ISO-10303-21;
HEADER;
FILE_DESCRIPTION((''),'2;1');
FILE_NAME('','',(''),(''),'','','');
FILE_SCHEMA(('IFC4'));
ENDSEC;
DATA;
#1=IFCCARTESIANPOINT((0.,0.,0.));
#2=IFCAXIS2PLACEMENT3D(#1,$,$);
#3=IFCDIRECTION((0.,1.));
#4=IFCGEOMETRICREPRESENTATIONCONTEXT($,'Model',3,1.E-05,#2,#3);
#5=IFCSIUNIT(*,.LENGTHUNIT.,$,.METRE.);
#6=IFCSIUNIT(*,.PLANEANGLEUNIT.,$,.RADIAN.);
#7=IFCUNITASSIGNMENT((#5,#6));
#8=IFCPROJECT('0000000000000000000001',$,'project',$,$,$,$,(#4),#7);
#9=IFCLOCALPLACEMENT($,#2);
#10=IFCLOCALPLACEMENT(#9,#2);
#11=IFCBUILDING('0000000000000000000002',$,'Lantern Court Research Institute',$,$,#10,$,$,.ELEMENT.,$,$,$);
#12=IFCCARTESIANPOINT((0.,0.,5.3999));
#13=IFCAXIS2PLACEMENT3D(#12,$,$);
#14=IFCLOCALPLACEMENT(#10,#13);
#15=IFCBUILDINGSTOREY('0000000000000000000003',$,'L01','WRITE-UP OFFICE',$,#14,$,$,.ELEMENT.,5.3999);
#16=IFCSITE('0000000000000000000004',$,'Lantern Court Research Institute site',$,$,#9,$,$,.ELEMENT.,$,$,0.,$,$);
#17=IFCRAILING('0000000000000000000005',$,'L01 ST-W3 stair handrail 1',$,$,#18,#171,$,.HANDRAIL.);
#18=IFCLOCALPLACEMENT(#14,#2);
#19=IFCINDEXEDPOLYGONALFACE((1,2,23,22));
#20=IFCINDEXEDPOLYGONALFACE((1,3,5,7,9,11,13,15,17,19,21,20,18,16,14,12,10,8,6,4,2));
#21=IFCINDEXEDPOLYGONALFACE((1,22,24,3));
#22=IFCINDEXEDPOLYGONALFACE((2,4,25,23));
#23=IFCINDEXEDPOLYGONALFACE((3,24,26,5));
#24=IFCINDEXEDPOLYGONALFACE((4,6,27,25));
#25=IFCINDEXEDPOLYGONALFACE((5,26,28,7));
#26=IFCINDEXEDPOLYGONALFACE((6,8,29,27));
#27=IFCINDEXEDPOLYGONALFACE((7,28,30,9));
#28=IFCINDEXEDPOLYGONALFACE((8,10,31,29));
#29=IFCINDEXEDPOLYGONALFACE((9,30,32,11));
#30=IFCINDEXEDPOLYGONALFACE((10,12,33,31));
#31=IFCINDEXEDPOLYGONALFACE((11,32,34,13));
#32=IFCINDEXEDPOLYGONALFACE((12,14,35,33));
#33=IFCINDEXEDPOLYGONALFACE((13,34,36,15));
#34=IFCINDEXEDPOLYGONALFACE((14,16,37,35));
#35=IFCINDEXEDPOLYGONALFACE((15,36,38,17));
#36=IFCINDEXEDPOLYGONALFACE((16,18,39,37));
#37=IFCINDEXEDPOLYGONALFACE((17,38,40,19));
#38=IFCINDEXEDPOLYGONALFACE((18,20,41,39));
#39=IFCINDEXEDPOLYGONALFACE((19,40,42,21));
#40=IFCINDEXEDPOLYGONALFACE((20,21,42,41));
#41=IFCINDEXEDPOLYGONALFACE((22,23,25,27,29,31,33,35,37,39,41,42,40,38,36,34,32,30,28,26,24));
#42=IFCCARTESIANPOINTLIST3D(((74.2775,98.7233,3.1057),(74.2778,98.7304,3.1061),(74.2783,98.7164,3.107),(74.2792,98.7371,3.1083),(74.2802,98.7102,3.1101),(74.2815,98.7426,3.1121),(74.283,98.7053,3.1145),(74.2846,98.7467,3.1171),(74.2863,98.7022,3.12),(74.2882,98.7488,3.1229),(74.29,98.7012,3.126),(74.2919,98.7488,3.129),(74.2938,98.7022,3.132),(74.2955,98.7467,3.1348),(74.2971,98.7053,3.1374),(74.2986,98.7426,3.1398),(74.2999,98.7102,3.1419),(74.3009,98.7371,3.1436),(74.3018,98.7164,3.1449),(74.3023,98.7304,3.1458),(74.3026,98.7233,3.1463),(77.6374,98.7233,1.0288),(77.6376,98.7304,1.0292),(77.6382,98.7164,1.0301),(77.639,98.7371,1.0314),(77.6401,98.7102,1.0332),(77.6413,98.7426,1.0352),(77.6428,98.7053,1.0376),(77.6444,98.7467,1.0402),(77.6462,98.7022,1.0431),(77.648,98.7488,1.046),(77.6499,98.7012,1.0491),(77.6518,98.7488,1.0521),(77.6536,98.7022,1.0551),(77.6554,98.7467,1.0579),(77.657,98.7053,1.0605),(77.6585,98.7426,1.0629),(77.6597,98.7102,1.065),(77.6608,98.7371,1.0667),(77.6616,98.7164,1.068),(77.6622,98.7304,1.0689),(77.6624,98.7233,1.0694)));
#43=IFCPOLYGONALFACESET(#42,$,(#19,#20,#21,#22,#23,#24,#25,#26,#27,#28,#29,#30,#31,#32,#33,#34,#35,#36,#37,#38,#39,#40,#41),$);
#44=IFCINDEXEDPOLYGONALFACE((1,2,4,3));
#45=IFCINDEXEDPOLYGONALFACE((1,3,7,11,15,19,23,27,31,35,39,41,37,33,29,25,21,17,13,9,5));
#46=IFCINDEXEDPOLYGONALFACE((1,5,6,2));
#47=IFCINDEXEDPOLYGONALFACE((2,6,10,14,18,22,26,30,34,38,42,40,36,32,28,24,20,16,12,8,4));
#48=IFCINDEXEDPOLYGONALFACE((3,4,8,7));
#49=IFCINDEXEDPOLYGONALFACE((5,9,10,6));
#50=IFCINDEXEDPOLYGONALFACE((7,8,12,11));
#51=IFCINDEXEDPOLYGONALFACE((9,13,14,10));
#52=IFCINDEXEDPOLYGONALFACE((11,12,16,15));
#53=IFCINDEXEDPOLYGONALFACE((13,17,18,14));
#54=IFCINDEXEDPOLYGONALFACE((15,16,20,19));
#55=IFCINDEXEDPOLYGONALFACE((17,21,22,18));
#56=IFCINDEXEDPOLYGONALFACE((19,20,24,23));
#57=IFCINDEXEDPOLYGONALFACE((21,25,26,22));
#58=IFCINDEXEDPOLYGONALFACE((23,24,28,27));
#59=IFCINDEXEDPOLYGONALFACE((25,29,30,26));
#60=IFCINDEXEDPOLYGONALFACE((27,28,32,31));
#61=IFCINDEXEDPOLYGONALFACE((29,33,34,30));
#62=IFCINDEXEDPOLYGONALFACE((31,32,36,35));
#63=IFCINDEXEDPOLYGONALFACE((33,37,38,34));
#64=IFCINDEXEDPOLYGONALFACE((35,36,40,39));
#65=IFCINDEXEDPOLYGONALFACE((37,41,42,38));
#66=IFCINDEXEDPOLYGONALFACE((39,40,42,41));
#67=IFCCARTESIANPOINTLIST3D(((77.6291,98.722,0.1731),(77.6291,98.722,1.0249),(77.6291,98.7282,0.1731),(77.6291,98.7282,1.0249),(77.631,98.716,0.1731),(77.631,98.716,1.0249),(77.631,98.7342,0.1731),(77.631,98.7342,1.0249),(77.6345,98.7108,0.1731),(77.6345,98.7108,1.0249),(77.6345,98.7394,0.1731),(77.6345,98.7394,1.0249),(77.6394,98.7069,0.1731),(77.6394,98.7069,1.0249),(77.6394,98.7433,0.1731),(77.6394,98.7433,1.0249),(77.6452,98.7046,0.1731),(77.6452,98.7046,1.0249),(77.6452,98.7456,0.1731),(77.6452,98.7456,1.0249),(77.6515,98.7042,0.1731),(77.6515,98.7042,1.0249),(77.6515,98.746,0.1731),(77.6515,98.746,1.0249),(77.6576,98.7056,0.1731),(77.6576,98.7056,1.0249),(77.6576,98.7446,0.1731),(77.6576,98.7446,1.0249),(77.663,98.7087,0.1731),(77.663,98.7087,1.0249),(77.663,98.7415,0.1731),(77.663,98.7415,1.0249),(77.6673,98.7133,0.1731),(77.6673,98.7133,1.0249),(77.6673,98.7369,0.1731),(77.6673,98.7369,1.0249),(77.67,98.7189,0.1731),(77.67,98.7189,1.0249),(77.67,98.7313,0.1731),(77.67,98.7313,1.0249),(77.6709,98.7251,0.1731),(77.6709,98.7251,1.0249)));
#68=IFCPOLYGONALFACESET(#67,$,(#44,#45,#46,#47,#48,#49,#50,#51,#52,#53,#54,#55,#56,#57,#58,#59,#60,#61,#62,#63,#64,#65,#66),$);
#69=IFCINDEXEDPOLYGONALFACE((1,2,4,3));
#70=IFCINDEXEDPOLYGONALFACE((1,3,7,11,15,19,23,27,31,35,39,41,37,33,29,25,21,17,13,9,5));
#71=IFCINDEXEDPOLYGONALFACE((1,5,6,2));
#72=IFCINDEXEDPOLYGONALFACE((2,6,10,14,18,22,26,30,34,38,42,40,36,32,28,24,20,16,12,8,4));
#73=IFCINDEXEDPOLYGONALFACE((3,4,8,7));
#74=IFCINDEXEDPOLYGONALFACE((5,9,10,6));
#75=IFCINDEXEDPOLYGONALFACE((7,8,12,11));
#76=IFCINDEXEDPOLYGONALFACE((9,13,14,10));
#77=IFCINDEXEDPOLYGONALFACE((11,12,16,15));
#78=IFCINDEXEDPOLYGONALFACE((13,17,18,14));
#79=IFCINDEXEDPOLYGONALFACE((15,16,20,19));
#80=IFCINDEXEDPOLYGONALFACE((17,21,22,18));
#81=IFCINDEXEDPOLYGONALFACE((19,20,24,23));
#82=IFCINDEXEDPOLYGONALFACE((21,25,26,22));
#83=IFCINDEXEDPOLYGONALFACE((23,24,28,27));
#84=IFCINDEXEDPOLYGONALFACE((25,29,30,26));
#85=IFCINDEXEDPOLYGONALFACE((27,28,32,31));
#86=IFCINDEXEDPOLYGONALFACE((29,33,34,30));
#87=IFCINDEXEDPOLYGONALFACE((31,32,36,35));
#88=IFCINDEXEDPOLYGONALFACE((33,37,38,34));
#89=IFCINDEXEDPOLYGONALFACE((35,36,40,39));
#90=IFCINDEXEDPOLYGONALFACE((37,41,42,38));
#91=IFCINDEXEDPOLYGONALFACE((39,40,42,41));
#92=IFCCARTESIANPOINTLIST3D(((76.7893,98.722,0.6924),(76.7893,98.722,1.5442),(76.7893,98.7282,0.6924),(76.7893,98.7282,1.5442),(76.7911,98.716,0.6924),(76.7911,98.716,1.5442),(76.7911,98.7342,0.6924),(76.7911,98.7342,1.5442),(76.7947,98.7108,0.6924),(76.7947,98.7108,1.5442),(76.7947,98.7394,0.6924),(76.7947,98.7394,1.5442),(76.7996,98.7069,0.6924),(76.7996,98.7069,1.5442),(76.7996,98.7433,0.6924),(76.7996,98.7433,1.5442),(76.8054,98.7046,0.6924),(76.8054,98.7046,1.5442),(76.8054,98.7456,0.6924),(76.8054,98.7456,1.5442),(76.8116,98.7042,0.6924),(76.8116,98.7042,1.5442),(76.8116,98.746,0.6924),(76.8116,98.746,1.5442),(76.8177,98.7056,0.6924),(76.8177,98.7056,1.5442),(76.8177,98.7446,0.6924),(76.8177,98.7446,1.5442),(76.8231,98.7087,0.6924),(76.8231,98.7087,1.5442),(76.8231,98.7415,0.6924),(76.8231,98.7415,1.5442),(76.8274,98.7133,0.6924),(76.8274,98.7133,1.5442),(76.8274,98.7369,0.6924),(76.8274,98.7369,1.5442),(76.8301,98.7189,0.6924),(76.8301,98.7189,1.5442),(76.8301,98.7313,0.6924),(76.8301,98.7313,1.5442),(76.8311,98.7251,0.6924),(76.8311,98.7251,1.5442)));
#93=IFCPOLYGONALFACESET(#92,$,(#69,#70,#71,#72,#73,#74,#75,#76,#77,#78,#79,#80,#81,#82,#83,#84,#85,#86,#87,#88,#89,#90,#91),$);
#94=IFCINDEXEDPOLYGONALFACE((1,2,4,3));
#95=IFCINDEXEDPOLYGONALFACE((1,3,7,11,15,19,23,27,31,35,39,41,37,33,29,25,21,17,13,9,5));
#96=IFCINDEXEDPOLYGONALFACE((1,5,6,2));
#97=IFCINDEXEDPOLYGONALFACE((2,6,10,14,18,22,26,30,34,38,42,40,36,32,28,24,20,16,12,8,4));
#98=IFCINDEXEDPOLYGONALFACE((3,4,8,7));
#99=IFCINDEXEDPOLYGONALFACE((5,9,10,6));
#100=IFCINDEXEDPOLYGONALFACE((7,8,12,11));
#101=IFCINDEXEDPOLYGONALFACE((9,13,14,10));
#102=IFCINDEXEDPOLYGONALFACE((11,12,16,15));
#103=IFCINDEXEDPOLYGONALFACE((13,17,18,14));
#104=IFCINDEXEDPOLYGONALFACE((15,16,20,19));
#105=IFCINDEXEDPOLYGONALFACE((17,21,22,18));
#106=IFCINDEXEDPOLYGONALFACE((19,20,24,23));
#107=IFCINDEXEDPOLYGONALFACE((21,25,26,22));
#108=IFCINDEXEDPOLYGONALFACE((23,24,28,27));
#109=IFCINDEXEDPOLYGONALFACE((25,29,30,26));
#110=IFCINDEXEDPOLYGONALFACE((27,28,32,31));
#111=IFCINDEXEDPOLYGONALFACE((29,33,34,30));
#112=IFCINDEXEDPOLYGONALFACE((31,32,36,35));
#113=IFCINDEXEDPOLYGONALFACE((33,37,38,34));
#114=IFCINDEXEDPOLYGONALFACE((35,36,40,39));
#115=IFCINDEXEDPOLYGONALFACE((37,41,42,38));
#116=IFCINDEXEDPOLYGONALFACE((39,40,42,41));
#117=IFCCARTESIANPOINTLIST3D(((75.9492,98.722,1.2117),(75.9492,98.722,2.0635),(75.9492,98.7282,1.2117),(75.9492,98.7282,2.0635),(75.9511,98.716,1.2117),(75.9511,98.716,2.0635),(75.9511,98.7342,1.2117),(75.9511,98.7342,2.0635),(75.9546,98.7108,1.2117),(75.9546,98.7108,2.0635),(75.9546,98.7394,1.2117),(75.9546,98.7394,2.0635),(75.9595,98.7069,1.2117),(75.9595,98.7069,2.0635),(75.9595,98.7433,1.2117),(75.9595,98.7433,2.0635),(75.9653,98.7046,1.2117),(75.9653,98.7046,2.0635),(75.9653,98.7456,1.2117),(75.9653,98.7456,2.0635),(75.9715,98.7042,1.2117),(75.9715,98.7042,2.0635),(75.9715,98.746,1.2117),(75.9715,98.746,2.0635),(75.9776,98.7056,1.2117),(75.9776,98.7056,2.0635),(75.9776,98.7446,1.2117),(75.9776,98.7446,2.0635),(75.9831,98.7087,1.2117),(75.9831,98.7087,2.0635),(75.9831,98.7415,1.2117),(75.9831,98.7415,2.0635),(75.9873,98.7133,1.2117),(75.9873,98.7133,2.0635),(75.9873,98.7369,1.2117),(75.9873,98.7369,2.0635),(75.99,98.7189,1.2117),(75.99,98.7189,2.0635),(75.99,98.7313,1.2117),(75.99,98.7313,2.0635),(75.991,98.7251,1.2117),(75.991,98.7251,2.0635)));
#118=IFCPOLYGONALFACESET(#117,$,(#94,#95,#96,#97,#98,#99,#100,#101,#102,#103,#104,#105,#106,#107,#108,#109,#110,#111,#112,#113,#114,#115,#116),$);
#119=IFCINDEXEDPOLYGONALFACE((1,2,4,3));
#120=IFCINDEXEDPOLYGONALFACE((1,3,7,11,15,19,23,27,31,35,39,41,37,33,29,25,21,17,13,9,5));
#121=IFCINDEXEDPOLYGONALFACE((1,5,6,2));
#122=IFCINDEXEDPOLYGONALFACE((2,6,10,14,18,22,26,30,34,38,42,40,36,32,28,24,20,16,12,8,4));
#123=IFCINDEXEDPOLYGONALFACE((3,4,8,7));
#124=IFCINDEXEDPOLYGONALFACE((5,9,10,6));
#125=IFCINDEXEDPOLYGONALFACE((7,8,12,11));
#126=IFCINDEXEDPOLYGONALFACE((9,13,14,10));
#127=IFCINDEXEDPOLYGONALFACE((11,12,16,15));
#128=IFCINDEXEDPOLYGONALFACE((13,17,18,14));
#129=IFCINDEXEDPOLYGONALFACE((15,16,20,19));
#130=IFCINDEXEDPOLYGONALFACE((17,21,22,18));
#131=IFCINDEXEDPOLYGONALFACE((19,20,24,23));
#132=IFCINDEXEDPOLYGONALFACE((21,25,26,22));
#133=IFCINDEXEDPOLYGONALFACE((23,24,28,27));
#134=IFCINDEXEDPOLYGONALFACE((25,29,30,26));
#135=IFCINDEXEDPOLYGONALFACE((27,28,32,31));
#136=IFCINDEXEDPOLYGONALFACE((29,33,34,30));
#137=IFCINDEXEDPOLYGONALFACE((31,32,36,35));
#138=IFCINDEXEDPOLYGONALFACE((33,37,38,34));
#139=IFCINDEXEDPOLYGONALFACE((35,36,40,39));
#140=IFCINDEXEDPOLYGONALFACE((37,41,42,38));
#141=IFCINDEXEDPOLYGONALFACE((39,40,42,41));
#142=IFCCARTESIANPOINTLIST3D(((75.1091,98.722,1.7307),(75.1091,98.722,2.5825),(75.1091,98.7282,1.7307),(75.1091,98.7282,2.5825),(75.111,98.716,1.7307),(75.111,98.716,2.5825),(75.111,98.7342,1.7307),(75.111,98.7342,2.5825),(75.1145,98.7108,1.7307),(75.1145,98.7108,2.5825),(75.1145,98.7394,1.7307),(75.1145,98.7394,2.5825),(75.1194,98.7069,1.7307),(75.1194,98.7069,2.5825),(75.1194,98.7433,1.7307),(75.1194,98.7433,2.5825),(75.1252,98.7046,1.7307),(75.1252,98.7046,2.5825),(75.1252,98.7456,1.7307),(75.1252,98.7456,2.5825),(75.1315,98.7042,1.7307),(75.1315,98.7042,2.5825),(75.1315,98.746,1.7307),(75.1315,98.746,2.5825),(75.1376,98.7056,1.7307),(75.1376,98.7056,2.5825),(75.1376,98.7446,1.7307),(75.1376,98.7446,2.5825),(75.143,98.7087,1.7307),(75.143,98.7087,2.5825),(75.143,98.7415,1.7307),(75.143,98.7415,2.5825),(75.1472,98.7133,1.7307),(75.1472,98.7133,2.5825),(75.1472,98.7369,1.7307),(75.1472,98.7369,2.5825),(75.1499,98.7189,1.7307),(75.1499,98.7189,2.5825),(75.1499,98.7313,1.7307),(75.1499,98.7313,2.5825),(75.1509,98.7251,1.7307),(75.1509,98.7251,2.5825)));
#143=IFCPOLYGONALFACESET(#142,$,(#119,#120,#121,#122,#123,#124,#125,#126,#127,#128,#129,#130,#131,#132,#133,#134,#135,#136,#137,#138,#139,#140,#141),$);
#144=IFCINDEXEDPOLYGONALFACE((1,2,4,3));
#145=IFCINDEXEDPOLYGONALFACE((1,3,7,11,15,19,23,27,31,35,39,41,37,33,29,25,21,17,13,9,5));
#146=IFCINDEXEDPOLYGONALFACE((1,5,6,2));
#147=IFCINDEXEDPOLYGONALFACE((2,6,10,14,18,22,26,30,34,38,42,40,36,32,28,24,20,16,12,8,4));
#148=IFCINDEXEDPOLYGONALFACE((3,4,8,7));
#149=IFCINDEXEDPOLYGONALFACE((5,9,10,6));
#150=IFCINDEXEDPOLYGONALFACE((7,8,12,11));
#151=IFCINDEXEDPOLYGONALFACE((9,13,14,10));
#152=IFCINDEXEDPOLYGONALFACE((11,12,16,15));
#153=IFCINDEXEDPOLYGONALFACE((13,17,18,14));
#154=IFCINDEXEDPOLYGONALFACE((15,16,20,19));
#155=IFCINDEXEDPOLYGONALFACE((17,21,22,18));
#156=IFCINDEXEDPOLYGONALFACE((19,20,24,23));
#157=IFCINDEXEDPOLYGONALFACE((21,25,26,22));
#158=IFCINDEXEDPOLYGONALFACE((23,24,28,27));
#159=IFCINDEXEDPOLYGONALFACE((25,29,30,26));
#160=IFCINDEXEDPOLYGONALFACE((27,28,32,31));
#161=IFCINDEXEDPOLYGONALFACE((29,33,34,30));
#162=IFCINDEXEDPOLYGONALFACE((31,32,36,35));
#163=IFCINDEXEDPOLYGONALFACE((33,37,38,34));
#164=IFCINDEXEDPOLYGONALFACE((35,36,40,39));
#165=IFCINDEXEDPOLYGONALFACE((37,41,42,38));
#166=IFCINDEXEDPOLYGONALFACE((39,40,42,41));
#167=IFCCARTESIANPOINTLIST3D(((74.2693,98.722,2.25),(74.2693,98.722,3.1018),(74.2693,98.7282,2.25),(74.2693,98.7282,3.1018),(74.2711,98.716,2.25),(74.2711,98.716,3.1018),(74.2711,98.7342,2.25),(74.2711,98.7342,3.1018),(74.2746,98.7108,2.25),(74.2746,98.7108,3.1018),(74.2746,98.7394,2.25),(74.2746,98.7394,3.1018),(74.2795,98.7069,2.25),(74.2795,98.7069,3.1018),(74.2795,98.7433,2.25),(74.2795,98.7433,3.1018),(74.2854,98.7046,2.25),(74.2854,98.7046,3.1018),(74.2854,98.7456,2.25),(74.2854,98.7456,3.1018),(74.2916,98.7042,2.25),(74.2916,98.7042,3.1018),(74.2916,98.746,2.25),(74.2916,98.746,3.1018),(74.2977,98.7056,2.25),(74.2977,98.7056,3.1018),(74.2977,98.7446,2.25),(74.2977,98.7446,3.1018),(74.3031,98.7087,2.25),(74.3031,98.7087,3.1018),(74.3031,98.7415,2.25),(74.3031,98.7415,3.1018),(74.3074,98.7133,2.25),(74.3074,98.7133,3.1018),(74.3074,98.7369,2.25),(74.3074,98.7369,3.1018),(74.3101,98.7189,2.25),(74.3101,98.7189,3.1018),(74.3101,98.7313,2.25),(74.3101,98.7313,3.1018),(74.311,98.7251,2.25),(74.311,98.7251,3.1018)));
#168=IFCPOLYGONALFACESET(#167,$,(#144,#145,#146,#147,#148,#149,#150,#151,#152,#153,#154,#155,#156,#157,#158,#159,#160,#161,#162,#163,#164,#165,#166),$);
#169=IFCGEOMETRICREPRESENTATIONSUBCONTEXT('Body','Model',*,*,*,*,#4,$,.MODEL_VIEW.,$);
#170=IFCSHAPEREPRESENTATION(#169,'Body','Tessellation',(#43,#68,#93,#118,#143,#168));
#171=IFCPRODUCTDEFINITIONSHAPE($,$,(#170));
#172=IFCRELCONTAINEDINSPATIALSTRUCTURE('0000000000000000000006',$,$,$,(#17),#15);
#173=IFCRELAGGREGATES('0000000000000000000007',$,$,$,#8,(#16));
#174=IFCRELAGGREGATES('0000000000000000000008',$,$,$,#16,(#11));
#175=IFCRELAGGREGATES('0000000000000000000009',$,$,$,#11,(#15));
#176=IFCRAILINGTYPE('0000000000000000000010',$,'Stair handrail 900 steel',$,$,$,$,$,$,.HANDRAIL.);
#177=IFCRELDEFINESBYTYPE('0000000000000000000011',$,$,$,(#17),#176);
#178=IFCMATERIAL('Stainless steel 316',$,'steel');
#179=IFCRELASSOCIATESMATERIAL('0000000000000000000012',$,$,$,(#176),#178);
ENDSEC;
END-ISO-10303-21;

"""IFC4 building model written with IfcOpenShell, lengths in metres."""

from ifc_helpers import new_model, si_unit, direction, frame, origin, origin_2d, place, context, subcontext, project, spatial, circle, extrude, material, type_object, element, save


model = new_model("IFC4")

# Units and contexts
model_context = context("Model", 3, precision=1e-05, world=origin(), true_north=direction((0.0, 1.0)))
body_context = subcontext(model_context, "Body", "Model", "MODEL_VIEW")
ifc_project = project(units=[si_unit("LENGTHUNIT", "METRE"), si_unit("PLANEANGLEUNIT", "RADIAN")], contexts=[model_context])

# Site, building, storey
site_placement = place(None, origin())
site = spatial("IfcSite", under=ifc_project, at=site_placement, Name="Lantern Court Research Institute site", CompositionType="ELEMENT", RefElevation=0.0)
building_placement = place(site_placement, origin())
building = spatial("IfcBuilding", under=site, at=building_placement, Name="Lantern Court Research Institute", CompositionType="ELEMENT")
storey_placement = place(building_placement, frame((0.0, 0.0, 5.3999)))
storey = spatial("IfcBuildingStorey", under=building, at=storey_placement, Name="L01", Description="WRITE-UP OFFICE", CompositionType="ELEMENT", Elevation=5.3999)

# Railing
ifc_material_1 = material(Name="Stainless steel 316", Category="steel")
railing_type_1 = type_object("IfcRailingType", Name="Stair handrail 900 steel", PredefinedType="HANDRAIL", material=ifc_material_1)
railing_1_placement = place(storey_placement, frame((77.6499, 98.7251, 0.1731)))
element("IfcRailing", 1, at=railing_1_placement, inside=storey, type_object=railing_type_1, Name="L01 ST-W3 stair handrail 1", PredefinedType="HANDRAIL", context=body_context, shape_type="SweptSolid", body=[
    extrude(circle(Radius=0.0239, at=origin_2d()), frame((0.0, 0.0, 0.876), z_axis=(-0.850606, 0.0, 0.525803), x_axis=(0.0, -1.0, 0.0)), (0.0, 0.0, 1.0), 3.95),
    extrude(circle(Radius=0.021, at=origin_2d()), origin(), (0.0, 0.0, 1.0), 0.8518),
    extrude(circle(Radius=0.021, at=origin_2d()), frame((-0.8398, 0.0, 0.5193)), (0.0, 0.0, 1.0), 0.8518),
    extrude(circle(Radius=0.021, at=origin_2d()), frame((-1.6799, 0.0, 1.0386)), (0.0, 0.0, 1.0), 0.8518),
    extrude(circle(Radius=0.021, at=origin_2d()), frame((-2.52, 0.0, 1.5576)), (0.0, 0.0, 1.0), 0.8518),
    extrude(circle(Radius=0.021, at=origin_2d()), frame((-3.3599, 0.0, 2.0769)), (0.0, 0.0, 1.0), 0.8518),
])

save(model, "model.ifc")
